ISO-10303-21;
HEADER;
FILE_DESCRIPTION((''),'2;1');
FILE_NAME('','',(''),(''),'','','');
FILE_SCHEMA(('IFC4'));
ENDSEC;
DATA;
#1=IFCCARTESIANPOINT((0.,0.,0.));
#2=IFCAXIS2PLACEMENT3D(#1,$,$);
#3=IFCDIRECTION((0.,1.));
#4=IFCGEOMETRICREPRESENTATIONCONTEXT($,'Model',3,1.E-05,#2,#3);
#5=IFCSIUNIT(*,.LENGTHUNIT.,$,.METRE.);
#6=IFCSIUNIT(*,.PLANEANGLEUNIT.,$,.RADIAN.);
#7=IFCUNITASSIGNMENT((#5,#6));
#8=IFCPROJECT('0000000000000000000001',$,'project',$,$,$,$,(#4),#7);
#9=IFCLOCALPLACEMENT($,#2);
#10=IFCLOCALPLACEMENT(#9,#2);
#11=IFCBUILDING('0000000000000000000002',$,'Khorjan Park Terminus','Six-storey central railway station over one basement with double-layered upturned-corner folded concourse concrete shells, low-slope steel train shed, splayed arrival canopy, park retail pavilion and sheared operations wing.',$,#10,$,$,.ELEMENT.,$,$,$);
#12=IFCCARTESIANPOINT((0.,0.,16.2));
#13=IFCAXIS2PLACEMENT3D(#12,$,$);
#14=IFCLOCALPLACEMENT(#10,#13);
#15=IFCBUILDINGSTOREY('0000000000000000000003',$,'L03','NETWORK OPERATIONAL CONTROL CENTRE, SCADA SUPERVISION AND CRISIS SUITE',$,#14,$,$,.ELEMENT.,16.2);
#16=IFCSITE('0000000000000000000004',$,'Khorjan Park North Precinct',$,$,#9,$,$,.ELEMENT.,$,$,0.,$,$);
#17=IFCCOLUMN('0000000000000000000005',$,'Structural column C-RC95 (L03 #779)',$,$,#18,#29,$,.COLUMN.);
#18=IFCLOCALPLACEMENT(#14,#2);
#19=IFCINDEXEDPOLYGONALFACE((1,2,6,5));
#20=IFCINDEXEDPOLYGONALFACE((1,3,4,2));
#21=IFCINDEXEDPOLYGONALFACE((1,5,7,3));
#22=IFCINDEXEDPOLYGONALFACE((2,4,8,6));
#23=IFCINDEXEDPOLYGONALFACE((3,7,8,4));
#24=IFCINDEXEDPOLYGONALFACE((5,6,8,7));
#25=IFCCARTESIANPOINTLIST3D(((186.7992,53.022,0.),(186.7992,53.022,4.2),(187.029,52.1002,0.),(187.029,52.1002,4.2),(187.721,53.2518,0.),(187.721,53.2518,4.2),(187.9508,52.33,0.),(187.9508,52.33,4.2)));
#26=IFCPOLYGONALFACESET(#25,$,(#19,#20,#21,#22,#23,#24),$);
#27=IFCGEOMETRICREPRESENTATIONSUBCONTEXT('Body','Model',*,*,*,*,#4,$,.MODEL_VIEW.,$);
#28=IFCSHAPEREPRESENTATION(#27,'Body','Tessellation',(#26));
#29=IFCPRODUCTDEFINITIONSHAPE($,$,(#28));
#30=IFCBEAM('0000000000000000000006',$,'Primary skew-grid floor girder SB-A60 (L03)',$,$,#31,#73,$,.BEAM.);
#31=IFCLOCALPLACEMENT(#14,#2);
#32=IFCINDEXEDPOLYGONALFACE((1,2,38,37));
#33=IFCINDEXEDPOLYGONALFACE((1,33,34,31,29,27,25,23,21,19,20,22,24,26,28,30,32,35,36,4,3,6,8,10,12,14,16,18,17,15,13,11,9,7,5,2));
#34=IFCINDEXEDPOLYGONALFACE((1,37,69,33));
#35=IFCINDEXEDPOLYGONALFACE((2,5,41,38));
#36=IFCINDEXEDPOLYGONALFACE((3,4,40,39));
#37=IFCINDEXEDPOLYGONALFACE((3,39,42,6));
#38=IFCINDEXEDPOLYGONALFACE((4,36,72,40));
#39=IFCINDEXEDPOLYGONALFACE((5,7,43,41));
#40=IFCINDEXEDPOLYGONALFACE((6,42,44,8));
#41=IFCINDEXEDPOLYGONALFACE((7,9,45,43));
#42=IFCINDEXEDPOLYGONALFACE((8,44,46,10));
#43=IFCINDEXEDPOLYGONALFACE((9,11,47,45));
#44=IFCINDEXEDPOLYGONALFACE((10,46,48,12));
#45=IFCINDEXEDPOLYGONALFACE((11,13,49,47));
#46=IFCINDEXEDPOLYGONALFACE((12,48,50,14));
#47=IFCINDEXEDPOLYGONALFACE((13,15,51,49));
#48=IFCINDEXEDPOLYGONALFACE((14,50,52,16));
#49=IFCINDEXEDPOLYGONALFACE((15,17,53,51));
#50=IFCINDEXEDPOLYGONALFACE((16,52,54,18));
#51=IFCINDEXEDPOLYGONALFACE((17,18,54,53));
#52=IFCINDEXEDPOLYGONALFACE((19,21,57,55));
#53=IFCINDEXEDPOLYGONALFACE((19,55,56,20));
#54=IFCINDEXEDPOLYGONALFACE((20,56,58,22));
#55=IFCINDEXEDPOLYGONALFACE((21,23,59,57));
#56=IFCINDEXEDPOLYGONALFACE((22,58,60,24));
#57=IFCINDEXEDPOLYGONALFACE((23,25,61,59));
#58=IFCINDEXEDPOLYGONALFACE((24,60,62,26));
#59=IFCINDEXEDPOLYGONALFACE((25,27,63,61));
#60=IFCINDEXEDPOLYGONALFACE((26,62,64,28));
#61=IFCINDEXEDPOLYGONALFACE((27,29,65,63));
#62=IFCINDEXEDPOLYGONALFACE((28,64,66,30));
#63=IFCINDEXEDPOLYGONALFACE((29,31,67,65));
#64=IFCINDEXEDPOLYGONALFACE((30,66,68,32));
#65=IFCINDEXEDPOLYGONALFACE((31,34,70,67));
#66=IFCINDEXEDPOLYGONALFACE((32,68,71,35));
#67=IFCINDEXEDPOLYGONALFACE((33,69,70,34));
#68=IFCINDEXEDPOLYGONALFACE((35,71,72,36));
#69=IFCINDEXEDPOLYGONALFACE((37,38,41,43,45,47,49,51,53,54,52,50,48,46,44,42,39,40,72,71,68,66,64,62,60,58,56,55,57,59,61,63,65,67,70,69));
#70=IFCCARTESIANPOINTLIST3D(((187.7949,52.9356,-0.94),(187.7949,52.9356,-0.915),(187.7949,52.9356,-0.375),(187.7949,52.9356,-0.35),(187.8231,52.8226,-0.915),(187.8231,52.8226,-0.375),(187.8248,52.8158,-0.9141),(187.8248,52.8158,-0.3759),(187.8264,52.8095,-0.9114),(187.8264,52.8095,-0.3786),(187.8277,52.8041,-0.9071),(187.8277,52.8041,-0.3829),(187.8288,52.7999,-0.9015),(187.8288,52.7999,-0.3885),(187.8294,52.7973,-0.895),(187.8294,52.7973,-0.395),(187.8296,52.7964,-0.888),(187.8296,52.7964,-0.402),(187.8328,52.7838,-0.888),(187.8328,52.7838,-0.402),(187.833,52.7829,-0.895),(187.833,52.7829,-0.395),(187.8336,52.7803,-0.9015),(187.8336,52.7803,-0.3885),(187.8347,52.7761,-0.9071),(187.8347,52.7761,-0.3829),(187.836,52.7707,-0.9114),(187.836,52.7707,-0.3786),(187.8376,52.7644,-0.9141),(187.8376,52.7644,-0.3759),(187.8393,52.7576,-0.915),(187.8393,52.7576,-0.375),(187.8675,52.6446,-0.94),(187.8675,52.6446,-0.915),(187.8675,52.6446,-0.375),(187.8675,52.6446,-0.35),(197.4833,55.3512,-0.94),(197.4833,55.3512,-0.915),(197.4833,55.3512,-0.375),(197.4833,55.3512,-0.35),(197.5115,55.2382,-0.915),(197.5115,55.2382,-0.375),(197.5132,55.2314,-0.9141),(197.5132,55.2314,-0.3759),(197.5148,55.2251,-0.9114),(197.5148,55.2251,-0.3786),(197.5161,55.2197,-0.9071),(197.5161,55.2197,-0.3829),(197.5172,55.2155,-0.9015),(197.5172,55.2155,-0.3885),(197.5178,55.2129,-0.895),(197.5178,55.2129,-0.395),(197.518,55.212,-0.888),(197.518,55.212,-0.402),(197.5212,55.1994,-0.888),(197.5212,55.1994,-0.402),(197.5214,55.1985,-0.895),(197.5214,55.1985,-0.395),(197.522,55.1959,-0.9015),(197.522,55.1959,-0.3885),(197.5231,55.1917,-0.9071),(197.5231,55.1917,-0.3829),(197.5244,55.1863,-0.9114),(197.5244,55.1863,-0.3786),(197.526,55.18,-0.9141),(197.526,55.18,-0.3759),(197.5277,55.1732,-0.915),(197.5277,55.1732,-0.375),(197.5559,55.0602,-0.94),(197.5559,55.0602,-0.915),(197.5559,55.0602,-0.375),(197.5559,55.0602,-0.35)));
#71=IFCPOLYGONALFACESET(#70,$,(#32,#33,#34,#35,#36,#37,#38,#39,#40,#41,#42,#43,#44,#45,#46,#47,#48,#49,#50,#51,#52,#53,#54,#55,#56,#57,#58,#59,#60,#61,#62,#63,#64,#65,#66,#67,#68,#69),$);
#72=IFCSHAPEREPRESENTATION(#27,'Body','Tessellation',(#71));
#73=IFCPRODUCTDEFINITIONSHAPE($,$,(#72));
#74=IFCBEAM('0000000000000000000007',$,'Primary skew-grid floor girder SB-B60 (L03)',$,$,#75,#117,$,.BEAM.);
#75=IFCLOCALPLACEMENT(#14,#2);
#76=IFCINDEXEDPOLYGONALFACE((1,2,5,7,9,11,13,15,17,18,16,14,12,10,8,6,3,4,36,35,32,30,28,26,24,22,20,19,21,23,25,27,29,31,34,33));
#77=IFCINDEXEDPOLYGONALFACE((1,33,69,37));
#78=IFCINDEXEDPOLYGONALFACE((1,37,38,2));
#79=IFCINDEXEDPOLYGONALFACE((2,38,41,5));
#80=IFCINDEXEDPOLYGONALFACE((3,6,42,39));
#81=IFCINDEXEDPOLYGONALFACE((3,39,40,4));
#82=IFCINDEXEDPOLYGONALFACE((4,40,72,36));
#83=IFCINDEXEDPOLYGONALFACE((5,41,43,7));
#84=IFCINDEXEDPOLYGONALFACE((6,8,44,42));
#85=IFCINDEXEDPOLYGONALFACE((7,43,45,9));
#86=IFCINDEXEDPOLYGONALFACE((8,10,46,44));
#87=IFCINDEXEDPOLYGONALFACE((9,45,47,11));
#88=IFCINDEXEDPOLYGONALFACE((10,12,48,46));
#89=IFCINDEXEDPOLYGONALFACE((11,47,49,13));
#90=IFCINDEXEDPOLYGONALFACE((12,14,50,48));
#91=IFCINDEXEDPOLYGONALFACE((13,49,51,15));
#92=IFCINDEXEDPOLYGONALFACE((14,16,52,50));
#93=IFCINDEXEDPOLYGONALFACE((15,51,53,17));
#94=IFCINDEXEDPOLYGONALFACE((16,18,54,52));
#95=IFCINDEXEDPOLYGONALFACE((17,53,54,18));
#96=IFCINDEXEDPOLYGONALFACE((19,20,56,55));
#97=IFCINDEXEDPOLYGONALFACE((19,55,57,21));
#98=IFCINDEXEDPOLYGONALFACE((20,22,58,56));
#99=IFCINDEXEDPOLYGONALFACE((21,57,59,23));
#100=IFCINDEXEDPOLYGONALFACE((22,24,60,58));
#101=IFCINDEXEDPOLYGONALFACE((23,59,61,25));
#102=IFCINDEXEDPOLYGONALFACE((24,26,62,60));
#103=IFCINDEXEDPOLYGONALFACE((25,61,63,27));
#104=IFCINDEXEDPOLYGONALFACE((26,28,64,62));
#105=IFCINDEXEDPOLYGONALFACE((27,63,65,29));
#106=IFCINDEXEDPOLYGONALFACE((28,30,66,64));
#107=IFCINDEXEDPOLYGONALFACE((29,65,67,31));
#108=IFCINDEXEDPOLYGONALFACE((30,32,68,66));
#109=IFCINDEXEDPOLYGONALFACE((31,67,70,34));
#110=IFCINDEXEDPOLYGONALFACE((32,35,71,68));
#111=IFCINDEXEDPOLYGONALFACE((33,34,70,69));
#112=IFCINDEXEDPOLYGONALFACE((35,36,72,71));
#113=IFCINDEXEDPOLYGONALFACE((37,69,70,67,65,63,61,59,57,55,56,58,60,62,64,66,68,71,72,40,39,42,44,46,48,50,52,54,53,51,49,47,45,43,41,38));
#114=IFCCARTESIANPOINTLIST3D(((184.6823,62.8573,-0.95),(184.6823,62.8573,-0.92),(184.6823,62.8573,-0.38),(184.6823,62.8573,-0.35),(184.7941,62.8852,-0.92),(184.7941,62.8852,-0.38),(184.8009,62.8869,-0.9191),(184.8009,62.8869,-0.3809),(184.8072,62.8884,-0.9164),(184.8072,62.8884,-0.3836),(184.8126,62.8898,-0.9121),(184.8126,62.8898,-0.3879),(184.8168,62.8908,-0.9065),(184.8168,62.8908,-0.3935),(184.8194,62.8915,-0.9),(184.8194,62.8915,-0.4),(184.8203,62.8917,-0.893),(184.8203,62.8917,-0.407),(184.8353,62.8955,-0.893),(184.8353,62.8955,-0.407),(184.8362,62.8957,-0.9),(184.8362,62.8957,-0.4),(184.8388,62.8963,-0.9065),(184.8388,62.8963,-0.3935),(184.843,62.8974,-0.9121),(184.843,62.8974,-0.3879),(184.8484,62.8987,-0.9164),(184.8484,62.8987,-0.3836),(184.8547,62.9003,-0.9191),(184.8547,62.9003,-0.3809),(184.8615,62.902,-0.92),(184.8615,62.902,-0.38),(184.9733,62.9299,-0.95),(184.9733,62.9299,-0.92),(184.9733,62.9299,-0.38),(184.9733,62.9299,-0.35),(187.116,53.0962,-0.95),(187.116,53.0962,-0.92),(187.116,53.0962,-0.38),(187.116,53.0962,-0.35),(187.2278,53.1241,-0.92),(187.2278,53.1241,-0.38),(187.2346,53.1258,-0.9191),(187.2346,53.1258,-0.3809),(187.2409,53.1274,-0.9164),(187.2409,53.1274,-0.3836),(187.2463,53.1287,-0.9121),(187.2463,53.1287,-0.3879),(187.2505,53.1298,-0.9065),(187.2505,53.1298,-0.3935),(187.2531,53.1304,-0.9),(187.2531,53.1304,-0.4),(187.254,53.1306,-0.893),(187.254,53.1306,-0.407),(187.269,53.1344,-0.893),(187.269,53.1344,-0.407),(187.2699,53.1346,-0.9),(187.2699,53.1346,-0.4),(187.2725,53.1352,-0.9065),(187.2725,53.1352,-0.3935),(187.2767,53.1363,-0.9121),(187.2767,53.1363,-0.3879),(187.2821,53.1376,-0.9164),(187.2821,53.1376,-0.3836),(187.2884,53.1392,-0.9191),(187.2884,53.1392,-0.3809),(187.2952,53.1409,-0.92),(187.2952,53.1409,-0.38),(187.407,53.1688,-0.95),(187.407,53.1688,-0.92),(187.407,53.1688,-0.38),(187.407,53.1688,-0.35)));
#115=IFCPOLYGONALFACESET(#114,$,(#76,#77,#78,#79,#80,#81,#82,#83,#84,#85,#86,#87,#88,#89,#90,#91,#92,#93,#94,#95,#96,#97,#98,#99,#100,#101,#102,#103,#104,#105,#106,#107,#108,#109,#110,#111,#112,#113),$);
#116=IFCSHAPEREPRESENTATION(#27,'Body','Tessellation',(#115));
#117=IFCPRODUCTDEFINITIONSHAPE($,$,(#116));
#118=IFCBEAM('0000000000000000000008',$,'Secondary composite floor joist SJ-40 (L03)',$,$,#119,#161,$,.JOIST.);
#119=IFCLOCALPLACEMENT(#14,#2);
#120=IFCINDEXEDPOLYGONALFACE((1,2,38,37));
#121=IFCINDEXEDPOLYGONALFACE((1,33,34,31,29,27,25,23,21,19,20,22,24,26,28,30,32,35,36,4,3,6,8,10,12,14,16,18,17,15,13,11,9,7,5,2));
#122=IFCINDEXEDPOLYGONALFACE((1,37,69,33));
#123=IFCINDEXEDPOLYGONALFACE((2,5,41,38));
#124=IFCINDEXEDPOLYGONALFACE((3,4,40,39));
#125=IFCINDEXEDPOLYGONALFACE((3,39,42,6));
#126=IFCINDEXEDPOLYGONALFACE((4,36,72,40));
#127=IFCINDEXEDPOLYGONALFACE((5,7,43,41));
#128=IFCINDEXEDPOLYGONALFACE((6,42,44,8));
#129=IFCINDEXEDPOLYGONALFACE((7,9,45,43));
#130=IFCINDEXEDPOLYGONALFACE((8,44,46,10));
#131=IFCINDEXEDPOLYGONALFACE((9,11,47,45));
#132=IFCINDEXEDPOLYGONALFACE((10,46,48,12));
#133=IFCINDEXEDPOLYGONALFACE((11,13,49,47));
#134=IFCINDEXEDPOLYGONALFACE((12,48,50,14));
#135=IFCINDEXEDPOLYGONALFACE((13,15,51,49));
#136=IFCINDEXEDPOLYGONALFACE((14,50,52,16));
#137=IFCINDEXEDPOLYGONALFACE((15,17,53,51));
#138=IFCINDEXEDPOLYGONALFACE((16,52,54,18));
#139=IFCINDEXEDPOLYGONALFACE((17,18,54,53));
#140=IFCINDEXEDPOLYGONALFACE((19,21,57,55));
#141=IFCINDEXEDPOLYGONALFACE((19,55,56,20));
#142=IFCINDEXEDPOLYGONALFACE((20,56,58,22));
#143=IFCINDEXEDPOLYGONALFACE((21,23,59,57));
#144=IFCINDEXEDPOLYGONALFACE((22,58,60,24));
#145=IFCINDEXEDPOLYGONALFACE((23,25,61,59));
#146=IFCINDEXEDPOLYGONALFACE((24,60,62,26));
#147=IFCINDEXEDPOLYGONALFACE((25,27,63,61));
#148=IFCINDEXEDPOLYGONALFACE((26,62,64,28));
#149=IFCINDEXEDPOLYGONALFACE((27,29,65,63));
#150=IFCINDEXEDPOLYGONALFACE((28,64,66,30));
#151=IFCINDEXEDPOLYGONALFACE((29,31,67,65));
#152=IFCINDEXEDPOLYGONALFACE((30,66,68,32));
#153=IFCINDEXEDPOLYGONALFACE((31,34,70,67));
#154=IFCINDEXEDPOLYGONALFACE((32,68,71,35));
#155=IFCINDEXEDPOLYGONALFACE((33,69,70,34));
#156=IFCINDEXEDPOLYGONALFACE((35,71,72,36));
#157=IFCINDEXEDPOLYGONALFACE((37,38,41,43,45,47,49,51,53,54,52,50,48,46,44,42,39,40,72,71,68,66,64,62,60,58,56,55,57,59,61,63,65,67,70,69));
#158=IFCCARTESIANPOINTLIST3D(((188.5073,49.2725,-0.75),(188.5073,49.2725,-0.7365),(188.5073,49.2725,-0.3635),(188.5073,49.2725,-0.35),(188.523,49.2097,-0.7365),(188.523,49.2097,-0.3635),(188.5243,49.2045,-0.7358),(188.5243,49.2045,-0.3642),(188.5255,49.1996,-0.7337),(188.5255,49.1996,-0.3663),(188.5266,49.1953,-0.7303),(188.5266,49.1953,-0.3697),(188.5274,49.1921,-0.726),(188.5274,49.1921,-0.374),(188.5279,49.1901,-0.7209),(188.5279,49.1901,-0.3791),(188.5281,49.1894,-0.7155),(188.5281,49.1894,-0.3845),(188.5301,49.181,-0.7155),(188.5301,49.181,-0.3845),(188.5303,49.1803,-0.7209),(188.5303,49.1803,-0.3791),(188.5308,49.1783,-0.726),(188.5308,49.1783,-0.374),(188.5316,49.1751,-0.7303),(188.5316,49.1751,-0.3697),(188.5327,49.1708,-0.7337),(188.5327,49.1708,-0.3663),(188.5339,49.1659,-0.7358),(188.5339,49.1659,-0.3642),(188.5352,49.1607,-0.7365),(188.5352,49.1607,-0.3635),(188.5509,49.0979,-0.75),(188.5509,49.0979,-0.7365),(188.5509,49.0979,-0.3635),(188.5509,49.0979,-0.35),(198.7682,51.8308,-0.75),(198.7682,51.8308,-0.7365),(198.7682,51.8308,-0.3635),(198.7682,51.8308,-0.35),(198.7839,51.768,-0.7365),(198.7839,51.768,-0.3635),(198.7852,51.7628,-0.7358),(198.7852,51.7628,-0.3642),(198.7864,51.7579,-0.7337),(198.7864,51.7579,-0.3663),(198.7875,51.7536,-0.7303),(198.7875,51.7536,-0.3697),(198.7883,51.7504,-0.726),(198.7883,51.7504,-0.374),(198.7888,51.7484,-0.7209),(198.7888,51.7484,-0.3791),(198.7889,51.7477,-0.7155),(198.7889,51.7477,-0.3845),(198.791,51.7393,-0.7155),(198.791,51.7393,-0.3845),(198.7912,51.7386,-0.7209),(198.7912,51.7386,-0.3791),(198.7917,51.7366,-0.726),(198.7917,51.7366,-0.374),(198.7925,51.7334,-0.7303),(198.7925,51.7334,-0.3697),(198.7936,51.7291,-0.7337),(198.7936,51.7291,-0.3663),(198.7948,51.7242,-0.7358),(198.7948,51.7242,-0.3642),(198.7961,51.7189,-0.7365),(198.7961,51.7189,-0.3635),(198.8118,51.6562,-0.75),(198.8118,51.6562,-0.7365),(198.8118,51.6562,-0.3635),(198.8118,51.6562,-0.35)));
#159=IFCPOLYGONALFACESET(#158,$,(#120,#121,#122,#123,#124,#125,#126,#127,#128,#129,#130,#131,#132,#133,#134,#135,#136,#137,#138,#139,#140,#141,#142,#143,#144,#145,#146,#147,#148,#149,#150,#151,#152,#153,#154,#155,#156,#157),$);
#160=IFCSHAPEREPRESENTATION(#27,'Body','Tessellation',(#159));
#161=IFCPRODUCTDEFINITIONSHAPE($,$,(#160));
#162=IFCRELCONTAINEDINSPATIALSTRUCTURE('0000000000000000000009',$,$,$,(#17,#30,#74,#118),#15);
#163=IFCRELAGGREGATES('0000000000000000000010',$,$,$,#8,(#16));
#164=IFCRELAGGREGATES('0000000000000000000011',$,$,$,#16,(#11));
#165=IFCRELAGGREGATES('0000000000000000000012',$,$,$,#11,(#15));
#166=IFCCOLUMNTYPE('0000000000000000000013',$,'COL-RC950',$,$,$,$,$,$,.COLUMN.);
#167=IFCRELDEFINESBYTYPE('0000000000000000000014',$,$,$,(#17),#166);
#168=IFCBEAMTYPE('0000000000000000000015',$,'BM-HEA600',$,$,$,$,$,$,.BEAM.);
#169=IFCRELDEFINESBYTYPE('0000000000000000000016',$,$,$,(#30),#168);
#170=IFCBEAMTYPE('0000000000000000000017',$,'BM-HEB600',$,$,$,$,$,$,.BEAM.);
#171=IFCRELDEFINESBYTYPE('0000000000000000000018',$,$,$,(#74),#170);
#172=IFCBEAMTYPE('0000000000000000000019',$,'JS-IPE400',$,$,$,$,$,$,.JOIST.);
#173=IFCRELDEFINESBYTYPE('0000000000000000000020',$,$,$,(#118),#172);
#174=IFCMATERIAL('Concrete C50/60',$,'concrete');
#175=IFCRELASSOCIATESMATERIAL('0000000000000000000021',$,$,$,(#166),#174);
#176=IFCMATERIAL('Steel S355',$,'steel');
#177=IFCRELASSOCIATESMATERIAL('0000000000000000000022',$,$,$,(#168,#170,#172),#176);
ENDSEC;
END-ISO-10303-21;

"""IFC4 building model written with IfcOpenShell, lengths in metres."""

from ifc_helpers import new_model, si_unit, direction, frame, origin, origin_2d, place, context, subcontext, project, spatial, rectangle, i_section, extrude, material, material_profile, profile_set, type_object, element, save


model = new_model("IFC4")

# Units and contexts
model_context = context("Model", 3, precision=1e-05, world=origin(), true_north=direction((0.0, 1.0)))
body_context = subcontext(model_context, "Body", "Model", "MODEL_VIEW")
ifc_project = project(units=[si_unit("LENGTHUNIT", "METRE"), si_unit("PLANEANGLEUNIT", "RADIAN")], contexts=[model_context])

# Site, building, storey
site_placement = place(None, origin())
site = spatial("IfcSite", under=ifc_project, at=site_placement, Name="Khorjan Park North Precinct", CompositionType="ELEMENT", RefElevation=0.0)
building_placement = place(site_placement, origin())
building = spatial("IfcBuilding", under=site, at=building_placement, Name="Khorjan Park Terminus", Description="Six-storey central railway station over one basement with double-layered upturned-corner folded concourse concrete shells, low-slope steel train shed, splayed arrival canopy, park retail pavilion and sheared operations wing.", CompositionType="ELEMENT")
storey_placement = place(building_placement, frame((0.0, 0.0, 16.2)))
storey = spatial("IfcBuildingStorey", under=building, at=storey_placement, Name="L03", Description="NETWORK OPERATIONAL CONTROL CENTRE, SCADA SUPERVISION AND CRISIS SUITE", CompositionType="ELEMENT", Elevation=16.2)

# Column
ifc_material_1 = material(Name="Concrete C50/60", Category="concrete")
ifc_material_profile_1 = material_profile(ifc_material_1, rectangle(XDim=0.95, YDim=0.95, at=origin_2d()), Name="RC 950x950")
ifc_profile_set_1 = profile_set([ifc_material_profile_1], Name="Concrete C50/60")
column_type = type_object("IfcColumnType", Name="COL-RC950", PredefinedType="COLUMN", material=ifc_profile_set_1)
column_placement = place(storey_placement, frame((187.375, 52.676, 0.0), z_axis=(0.0, 0.0, 1.0), x_axis=(0.970296, 0.241922, 0.0)))
element("IfcColumn", 1, at=column_placement, inside=storey, type_object=column_type, Name="Structural column C-RC95 (L03 #779)", PredefinedType="COLUMN", context=body_context, shape_type="SweptSolid", body=[
    extrude(rectangle(XDim=0.95, YDim=0.95, at=origin_2d()), origin(), (0.0, 0.0, 1.0), 4.2),
])

# Beams
ifc_material_2 = material(Name="Steel S355", Category="steel")
ifc_material_profile_2 = material_profile(ifc_material_2, i_section(OverallWidth=0.3, OverallDepth=0.59, WebThickness=0.013, FlangeThickness=0.025, FilletRadius=0.027, at=origin_2d()), Name="HEA 600")
ifc_profile_set_2 = profile_set([ifc_material_profile_2], Name="Steel S355")
beam_type_1 = type_object("IfcBeamType", Name="BM-HEA600", PredefinedType="BEAM", material=ifc_profile_set_2)
beam_1_placement = place(storey_placement, frame((187.8312, 52.7901, -0.645), z_axis=(0.970295, 0.241923, 0.0), x_axis=(-0.241923, 0.970295, 0.0)))
element("IfcBeam", 2, at=beam_1_placement, inside=storey, type_object=beam_type_1, Name="Primary skew-grid floor girder SB-A60 (L03)", PredefinedType="BEAM", context=body_context, shape_type="SweptSolid", body=[
    extrude(i_section(OverallWidth=0.3, OverallDepth=0.59, WebThickness=0.013, FlangeThickness=0.025, FilletRadius=0.027, at=origin_2d()), origin(), (0.0, 0.0, 1.0), 9.985),
])
ifc_material_profile_3 = material_profile(ifc_material_2, i_section(OverallWidth=0.3, OverallDepth=0.6, WebThickness=0.0155, FlangeThickness=0.03, FilletRadius=0.027, at=origin_2d()), Name="HEB 600")
ifc_profile_set_3 = profile_set([ifc_material_profile_3], Name="Steel S355")
beam_type_2 = type_object("IfcBeamType", Name="BM-HEB600", PredefinedType="BEAM", material=ifc_profile_set_3)
beam_2_placement = place(storey_placement, frame((187.2615, 53.1325, -0.65), z_axis=(-0.24192, 0.970296, 0.0), x_axis=(-0.970296, -0.24192, 0.0)))
element("IfcBeam", 3, at=beam_2_placement, inside=storey, type_object=beam_type_2, Name="Primary skew-grid floor girder SB-B60 (L03)", PredefinedType="BEAM", context=body_context, shape_type="SweptSolid", body=[
    extrude(i_section(OverallWidth=0.3, OverallDepth=0.6, WebThickness=0.0155, FlangeThickness=0.03, FilletRadius=0.027, at=origin_2d()), origin(), (0.0, 0.0, 1.0), 10.0599),
])
ifc_material_profile_4 = material_profile(ifc_material_2, i_section(OverallWidth=0.18, OverallDepth=0.4, WebThickness=0.0086, FlangeThickness=0.0135, FilletRadius=0.021, at=origin_2d()), Name="IPE 400")
ifc_profile_set_4 = profile_set([ifc_material_profile_4], Name="Steel S355")
beam_type_3 = type_object("IfcBeamType", Name="JS-IPE400", PredefinedType="JOIST", material=ifc_profile_set_4)
beam_3_placement = place(storey_placement, frame((188.5291, 49.1852, -0.55), z_axis=(0.970296, 0.241919, 0.0), x_axis=(-0.241919, 0.970296, 0.0)))
element("IfcBeam", 4, at=beam_3_placement, inside=storey, type_object=beam_type_3, Name="Secondary composite floor joist SJ-40 (L03)", PredefinedType="JOIST", context=body_context, shape_type="SweptSolid", body=[
    extrude(i_section(OverallWidth=0.18, OverallDepth=0.4, WebThickness=0.0086, FlangeThickness=0.0135, FilletRadius=0.021, at=origin_2d()), origin(), (0.0, 0.0, 1.0), 10.575),
])

save(model, "model.ifc")
